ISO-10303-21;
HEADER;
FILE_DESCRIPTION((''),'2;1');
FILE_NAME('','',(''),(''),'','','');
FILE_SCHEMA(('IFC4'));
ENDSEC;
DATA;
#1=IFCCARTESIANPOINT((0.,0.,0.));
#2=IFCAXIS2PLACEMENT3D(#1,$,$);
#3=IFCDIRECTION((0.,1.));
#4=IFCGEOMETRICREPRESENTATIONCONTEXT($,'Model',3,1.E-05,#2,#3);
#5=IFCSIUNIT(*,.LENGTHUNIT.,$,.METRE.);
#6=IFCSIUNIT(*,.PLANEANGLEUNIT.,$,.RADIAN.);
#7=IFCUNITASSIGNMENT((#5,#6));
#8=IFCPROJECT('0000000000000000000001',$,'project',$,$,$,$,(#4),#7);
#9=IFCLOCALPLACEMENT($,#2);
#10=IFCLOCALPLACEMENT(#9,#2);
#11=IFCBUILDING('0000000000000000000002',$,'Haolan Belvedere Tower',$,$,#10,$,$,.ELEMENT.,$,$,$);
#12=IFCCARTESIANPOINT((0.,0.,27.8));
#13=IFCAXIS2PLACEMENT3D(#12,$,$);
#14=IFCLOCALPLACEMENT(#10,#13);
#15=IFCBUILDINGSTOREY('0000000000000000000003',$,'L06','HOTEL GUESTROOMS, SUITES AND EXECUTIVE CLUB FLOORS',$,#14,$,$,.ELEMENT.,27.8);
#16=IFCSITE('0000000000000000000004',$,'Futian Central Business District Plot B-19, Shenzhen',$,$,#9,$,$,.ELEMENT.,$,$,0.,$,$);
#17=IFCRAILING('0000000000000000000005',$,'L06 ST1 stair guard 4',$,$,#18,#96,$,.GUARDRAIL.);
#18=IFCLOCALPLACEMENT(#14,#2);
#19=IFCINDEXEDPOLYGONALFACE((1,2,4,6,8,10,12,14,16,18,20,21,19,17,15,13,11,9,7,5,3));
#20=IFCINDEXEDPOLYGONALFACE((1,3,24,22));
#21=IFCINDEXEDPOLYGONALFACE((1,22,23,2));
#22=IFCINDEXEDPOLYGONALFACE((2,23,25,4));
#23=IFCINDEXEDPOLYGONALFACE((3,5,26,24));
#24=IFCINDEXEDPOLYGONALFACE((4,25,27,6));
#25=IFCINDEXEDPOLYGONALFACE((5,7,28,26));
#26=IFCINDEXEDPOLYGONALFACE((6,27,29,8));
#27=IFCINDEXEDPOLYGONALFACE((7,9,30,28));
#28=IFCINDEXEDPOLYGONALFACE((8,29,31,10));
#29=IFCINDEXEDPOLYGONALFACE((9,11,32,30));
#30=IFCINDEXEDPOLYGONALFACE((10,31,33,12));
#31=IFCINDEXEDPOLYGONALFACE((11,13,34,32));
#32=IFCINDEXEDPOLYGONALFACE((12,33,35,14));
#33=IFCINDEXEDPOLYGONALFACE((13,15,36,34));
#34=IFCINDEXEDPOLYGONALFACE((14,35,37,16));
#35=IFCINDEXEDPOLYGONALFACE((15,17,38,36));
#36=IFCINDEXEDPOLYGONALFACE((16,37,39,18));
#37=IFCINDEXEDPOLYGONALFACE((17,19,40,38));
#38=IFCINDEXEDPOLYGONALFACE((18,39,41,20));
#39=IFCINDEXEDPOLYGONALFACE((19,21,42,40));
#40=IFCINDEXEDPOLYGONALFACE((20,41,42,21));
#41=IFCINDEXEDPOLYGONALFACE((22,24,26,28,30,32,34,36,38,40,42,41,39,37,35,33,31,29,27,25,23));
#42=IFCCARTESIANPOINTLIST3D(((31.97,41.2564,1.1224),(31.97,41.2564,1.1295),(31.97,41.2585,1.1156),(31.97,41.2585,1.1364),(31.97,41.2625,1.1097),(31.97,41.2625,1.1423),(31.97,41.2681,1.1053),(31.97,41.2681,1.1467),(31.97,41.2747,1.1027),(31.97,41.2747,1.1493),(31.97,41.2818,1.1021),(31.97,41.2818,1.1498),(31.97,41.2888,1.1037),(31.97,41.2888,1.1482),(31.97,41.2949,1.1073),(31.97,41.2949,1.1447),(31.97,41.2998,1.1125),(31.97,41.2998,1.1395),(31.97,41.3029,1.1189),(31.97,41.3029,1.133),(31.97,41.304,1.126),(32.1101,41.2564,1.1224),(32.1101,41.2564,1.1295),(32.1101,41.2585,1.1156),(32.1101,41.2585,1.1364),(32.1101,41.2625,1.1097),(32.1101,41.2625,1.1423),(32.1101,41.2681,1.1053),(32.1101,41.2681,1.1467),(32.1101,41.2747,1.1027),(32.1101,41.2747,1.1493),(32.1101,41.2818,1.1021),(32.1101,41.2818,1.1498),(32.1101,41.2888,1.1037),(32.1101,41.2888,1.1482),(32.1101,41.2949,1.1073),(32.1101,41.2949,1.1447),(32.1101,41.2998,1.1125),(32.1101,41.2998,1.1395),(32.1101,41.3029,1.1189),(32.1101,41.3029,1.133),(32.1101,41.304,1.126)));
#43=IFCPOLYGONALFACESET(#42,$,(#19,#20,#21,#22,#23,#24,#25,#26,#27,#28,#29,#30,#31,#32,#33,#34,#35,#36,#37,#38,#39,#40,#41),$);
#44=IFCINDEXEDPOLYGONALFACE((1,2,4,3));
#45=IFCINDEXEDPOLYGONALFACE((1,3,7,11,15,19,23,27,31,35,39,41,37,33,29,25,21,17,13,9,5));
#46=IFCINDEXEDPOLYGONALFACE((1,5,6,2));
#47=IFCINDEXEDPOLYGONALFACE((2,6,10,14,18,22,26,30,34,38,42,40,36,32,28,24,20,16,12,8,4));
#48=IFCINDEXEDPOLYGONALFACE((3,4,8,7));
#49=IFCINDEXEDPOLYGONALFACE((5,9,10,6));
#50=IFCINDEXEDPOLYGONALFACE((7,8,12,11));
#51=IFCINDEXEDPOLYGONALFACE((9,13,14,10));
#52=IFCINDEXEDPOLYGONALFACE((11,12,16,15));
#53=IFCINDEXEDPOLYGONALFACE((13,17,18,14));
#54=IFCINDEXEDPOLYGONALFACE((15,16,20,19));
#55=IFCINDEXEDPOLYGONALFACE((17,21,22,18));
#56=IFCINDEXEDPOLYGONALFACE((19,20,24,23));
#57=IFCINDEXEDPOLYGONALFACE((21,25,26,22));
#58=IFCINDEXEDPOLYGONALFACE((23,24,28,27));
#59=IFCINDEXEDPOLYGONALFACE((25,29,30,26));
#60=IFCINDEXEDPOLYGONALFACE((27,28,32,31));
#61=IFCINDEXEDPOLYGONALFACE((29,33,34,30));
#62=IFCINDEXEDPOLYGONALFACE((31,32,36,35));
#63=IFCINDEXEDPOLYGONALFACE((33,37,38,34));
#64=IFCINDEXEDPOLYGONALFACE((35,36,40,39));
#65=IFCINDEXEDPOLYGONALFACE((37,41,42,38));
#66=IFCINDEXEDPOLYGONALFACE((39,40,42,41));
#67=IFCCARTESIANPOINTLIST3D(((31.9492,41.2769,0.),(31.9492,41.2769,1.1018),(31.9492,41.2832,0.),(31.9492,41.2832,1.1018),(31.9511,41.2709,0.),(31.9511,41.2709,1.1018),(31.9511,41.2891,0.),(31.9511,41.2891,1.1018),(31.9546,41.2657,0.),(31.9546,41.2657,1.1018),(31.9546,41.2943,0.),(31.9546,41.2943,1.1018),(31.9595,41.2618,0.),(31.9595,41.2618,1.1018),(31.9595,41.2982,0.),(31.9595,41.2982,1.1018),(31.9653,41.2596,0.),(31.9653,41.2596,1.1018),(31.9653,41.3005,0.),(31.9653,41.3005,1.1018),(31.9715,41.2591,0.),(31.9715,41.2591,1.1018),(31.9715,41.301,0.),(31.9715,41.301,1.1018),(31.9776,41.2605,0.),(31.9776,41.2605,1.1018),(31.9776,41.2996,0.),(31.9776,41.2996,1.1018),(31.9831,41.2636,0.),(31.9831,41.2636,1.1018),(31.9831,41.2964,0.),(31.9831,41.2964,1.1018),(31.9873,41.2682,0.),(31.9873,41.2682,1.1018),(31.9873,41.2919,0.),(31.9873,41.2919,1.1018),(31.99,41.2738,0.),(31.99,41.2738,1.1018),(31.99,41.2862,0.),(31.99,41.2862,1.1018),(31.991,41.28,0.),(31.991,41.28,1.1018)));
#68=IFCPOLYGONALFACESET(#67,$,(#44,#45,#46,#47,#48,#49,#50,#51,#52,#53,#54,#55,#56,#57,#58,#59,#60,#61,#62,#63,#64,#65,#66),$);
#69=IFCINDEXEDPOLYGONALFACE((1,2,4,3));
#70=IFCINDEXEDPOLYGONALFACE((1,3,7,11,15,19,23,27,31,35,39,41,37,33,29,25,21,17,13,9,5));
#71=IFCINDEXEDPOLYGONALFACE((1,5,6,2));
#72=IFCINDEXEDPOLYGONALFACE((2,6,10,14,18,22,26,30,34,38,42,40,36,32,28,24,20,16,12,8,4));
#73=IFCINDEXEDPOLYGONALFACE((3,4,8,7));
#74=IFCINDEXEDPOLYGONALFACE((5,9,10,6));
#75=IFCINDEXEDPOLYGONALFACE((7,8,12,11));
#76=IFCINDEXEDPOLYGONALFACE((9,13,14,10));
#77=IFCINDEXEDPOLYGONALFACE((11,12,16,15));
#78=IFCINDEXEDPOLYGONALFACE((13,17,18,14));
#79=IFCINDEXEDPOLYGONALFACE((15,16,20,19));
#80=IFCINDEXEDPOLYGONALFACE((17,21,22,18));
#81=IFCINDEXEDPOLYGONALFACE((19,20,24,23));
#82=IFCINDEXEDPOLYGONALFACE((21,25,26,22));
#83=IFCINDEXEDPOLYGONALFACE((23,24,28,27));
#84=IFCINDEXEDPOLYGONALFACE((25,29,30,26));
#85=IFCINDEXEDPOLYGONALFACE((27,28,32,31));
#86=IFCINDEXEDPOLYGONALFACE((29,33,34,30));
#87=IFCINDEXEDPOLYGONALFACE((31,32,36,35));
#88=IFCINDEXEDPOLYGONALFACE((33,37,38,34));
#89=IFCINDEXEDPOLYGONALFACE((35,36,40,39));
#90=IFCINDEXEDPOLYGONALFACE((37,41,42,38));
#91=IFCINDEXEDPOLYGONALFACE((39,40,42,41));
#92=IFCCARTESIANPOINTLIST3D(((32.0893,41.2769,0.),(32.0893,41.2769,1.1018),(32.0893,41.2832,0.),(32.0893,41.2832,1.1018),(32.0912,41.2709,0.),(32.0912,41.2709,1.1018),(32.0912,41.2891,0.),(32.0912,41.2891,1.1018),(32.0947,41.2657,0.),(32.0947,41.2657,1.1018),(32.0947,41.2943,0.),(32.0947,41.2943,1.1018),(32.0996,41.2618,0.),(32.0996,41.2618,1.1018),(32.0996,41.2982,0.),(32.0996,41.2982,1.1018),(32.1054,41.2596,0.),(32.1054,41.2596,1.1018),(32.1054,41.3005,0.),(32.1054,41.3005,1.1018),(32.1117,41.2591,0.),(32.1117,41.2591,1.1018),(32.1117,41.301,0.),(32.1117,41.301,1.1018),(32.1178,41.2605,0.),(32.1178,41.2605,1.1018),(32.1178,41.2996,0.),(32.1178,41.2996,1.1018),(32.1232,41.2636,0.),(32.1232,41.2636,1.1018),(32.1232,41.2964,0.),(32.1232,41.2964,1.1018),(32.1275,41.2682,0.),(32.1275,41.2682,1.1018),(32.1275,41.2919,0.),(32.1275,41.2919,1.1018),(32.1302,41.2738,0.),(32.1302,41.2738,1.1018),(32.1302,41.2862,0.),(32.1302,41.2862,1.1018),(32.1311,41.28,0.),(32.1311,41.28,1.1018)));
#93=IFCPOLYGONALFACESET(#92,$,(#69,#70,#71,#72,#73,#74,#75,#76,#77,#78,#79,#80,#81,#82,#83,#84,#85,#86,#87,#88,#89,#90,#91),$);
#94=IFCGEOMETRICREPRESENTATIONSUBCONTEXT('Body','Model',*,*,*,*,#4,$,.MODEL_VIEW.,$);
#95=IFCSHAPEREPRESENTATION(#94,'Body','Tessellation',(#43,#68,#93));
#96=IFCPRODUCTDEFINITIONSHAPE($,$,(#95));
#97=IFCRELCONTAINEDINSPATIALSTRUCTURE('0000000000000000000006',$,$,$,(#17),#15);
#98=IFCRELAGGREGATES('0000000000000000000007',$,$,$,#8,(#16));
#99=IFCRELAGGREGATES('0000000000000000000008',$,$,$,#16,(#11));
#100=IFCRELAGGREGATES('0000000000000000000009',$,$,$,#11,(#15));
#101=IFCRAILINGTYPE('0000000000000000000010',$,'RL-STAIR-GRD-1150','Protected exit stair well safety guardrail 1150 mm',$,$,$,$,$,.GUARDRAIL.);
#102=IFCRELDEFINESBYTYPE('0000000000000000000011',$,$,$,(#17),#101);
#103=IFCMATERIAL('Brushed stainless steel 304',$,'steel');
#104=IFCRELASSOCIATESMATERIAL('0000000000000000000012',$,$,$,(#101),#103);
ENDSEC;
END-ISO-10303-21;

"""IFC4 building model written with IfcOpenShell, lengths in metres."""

from ifc_helpers import new_model, si_unit, direction, frame, origin, origin_2d, place, context, subcontext, project, spatial, circle, extrude, material, type_object, element, save


model = new_model("IFC4")

# Units and contexts
model_context = context("Model", 3, precision=1e-05, world=origin(), true_north=direction((0.0, 1.0)))
body_context = subcontext(model_context, "Body", "Model", "MODEL_VIEW")
ifc_project = project(units=[si_unit("LENGTHUNIT", "METRE"), si_unit("PLANEANGLEUNIT", "RADIAN")], contexts=[model_context])

# Site, building, storey
site_placement = place(None, origin())
site = spatial("IfcSite", under=ifc_project, at=site_placement, Name="Futian Central Business District Plot B-19, Shenzhen", CompositionType="ELEMENT", RefElevation=0.0)
building_placement = place(site_placement, origin())
building = spatial("IfcBuilding", under=site, at=building_placement, Name="Haolan Belvedere Tower", CompositionType="ELEMENT")
storey_placement = place(building_placement, frame((0.0, 0.0, 27.8)))
storey = spatial("IfcBuildingStorey", under=building, at=storey_placement, Name="L06", Description="HOTEL GUESTROOMS, SUITES AND EXECUTIVE CLUB FLOORS", CompositionType="ELEMENT", Elevation=27.8)

# Railing
ifc_material_1 = material(Name="Brushed stainless steel 304", Category="steel")
railing_type = type_object("IfcRailingType", Name="RL-STAIR-GRD-1150", Description="Protected exit stair well safety guardrail 1150 mm", PredefinedType="GUARDRAIL", material=ifc_material_1)
railing_1_placement = place(storey_placement, frame((31.97, 41.28, 0.0)))
element("IfcRailing", 1, at=railing_1_placement, inside=storey, type_object=railing_type, Name="L06 ST1 stair guard 4", PredefinedType="GUARDRAIL", context=body_context, shape_type="SweptSolid", body=[
    extrude(circle(Radius=0.0239, at=origin_2d()), frame((0.0, 0.0, 1.126), z_axis=(1.0, 0.0, 0.0), x_axis=(0.0, 1.0, 0.0)), (0.0, 0.0, 1.0), 0.1401),
    extrude(circle(Radius=0.021, at=origin_2d()), origin(), (0.0, 0.0, 1.0), 1.1018),
    extrude(circle(Radius=0.021, at=origin_2d()), frame((0.1401, 0.0, 0.0)), (0.0, 0.0, 1.0), 1.1018),
])

save(model, "model.ifc")
